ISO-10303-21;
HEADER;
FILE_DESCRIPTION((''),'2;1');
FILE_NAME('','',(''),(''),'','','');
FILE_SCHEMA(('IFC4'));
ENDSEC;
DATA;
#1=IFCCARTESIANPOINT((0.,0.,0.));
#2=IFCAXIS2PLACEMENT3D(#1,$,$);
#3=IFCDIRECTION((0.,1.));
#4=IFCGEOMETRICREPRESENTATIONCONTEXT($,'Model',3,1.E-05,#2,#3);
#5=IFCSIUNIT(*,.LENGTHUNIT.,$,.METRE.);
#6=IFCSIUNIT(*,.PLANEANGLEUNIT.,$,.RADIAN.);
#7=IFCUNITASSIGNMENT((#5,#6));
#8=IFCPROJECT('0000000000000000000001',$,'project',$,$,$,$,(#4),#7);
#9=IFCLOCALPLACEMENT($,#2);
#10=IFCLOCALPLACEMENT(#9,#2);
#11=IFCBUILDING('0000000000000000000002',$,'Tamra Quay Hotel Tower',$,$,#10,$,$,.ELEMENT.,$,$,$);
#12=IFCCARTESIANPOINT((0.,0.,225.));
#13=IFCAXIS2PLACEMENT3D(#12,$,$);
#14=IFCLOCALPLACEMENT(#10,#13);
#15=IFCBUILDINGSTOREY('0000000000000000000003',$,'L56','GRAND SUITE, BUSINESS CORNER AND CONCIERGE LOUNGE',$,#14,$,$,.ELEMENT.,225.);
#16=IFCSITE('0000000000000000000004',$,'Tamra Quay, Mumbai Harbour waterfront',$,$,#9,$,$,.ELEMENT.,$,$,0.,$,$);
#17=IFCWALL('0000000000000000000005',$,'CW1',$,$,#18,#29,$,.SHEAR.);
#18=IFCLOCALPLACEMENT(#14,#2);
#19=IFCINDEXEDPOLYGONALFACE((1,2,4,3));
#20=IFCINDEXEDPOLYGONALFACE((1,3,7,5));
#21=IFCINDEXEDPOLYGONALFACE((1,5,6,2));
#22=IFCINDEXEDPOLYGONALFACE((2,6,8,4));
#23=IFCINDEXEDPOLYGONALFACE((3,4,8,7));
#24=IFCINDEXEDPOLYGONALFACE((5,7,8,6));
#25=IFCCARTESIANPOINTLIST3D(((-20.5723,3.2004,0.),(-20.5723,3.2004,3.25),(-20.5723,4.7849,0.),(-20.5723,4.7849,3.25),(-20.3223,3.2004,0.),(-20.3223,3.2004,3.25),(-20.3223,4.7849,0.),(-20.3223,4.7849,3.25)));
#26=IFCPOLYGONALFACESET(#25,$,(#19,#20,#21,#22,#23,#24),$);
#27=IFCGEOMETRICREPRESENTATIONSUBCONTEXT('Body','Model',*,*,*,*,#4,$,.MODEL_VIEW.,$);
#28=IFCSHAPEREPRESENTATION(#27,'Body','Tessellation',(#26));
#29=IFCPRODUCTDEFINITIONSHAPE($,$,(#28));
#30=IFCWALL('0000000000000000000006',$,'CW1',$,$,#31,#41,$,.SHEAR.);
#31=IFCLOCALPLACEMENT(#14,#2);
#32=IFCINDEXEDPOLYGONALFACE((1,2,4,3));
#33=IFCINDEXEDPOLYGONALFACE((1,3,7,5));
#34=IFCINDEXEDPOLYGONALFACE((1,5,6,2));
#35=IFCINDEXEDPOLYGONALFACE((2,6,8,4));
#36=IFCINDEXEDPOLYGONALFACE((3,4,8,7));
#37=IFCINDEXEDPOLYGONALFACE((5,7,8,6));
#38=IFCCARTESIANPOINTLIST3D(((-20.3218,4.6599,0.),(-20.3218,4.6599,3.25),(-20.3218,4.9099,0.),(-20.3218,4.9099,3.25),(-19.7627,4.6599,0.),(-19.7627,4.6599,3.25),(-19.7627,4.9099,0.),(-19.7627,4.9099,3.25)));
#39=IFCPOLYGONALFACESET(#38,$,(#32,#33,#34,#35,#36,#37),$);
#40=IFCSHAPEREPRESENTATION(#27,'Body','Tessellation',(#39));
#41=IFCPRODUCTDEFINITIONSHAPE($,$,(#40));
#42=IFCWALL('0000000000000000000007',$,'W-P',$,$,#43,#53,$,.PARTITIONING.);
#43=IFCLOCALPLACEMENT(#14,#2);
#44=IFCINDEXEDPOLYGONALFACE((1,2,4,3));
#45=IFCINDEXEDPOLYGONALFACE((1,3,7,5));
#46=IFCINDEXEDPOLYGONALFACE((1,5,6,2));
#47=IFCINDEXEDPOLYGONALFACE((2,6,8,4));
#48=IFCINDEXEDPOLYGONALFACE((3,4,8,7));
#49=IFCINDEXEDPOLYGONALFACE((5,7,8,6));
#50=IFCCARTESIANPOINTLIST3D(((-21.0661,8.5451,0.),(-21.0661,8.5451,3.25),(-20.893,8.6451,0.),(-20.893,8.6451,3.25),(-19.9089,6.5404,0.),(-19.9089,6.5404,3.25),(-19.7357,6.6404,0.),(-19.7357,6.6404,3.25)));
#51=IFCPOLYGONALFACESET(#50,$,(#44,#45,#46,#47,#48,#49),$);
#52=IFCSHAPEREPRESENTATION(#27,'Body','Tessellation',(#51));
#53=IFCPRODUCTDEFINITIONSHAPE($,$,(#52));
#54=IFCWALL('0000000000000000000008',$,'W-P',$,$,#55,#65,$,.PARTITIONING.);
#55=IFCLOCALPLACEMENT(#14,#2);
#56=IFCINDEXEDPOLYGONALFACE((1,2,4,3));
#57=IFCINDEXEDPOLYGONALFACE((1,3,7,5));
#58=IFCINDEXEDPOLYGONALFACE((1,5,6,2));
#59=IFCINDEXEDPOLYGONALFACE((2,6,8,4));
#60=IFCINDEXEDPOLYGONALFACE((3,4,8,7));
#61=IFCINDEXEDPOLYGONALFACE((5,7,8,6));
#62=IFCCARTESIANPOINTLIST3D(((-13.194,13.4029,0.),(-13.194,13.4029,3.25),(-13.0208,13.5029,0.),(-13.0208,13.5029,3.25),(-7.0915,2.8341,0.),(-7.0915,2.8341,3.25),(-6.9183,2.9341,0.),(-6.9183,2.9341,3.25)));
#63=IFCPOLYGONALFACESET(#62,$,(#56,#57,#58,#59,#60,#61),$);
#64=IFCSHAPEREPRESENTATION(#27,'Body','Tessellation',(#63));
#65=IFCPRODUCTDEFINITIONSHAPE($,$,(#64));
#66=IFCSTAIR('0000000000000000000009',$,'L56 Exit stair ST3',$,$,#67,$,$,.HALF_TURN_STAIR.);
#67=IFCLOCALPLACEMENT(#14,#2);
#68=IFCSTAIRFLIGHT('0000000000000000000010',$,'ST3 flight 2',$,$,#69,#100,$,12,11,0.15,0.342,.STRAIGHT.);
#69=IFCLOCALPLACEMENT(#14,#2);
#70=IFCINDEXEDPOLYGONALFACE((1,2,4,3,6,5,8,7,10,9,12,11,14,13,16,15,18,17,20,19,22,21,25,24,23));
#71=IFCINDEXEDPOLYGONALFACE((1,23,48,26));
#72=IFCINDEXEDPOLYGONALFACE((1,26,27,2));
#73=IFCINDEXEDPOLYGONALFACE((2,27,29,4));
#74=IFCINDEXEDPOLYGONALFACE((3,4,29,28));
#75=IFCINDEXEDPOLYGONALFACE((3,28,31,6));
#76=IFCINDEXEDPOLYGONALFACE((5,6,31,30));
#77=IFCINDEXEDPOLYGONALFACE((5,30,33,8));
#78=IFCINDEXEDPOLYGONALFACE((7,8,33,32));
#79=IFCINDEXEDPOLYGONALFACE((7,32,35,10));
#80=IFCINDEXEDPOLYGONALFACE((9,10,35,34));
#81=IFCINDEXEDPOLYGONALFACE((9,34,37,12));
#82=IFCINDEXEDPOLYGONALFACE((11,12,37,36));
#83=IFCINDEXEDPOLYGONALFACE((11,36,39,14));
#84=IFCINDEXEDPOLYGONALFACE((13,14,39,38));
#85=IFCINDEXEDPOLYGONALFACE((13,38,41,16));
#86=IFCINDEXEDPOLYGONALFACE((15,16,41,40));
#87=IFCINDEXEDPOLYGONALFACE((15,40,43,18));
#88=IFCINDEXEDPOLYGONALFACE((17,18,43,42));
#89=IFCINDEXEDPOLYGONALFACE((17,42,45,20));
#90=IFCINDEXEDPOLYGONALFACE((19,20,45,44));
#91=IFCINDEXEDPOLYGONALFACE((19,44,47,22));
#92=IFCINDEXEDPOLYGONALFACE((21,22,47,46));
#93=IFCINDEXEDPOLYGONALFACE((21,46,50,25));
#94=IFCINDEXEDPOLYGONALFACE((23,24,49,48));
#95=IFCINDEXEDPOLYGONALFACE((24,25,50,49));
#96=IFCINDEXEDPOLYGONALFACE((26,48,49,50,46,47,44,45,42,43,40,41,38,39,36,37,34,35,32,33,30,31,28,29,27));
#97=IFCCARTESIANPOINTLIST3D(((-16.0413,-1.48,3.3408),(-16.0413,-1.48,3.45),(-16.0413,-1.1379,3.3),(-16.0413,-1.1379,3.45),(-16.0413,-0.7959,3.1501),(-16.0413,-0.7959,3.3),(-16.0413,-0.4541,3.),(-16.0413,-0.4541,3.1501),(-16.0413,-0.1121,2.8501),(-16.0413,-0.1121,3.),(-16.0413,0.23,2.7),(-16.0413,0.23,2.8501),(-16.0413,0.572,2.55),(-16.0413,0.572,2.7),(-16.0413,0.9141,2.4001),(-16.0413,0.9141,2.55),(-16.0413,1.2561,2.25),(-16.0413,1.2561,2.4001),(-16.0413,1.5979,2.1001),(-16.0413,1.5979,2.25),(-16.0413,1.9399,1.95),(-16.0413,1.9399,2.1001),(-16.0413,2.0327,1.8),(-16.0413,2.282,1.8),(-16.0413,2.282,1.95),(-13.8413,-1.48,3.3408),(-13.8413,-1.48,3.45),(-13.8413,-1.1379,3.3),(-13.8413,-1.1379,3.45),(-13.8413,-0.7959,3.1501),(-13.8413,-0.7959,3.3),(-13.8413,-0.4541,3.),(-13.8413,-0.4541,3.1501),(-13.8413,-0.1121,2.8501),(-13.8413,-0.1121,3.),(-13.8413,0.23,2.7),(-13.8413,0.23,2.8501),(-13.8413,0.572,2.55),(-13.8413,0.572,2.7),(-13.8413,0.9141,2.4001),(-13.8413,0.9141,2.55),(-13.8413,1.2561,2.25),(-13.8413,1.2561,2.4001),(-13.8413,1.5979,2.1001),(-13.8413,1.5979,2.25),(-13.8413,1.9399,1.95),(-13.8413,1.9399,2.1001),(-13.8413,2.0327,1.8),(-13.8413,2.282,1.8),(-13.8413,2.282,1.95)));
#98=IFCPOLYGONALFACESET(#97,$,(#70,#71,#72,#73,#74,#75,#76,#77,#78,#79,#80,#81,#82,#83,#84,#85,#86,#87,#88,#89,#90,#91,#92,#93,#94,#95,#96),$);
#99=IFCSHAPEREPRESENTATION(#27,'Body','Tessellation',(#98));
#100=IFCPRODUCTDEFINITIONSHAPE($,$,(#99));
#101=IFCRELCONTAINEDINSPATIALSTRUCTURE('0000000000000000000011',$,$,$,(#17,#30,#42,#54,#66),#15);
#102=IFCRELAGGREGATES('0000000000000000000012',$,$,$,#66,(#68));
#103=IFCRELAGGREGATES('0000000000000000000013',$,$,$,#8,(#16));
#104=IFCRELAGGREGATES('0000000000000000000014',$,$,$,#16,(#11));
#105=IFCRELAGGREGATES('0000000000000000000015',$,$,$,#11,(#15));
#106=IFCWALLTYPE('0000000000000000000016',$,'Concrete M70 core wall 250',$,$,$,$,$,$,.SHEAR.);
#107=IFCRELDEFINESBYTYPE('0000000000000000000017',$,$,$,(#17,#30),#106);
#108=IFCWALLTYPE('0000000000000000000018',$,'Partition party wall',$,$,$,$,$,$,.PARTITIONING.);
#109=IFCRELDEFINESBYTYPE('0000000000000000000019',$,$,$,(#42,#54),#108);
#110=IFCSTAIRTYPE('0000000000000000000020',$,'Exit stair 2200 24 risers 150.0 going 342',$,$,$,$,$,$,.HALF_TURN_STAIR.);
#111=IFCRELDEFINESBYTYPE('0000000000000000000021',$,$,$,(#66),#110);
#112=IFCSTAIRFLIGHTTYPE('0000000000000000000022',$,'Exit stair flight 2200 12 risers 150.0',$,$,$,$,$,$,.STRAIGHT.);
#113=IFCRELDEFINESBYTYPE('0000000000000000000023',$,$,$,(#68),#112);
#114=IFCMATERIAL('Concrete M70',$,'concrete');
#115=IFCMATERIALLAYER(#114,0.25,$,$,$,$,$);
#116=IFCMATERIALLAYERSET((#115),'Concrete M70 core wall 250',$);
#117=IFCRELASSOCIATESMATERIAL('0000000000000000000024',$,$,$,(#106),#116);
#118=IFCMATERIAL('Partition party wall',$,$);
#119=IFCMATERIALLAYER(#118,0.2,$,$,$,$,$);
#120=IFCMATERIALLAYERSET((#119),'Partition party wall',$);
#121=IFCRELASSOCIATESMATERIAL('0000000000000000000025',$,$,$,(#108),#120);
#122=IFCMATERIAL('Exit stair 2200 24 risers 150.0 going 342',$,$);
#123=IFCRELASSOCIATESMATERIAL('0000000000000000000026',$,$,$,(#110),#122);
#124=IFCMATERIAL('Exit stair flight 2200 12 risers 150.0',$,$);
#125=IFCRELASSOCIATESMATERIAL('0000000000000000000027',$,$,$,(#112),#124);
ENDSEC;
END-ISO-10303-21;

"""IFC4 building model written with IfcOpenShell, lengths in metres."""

from ifc_helpers import new_model, si_unit, direction, frame, frame_2d, origin, place, context, subcontext, project, spatial, polyline, rectangle, outline, extrude, material, layer, layer_set, type_object, element, aggregate, save


model = new_model("IFC4")

# Units and contexts
model_context = context("Model", 3, precision=1e-05, world=origin(), true_north=direction((0.0, 1.0)))
body_context = subcontext(model_context, "Body", "Model", "MODEL_VIEW")
ifc_project = project(units=[si_unit("LENGTHUNIT", "METRE"), si_unit("PLANEANGLEUNIT", "RADIAN")], contexts=[model_context])

# Site, building, storey
site_placement = place(None, origin())
site = spatial("IfcSite", under=ifc_project, at=site_placement, Name="Tamra Quay, Mumbai Harbour waterfront", CompositionType="ELEMENT", RefElevation=0.0)
building_placement = place(site_placement, origin())
building = spatial("IfcBuilding", under=site, at=building_placement, Name="Tamra Quay Hotel Tower", CompositionType="ELEMENT")
storey_placement = place(building_placement, frame((0.0, 0.0, 225.0)))
storey = spatial("IfcBuildingStorey", under=building, at=storey_placement, Name="L56", Description="GRAND SUITE, BUSINESS CORNER AND CONCIERGE LOUNGE", CompositionType="ELEMENT", Elevation=225.0)

# Shared definitions
ifc_material_1 = material(Name="Concrete M70", Category="concrete")

# Walls
ifc_layer_1 = layer(ifc_material_1, 0.25)
ifc_layer_set_1 = layer_set([ifc_layer_1], Name="Concrete M70 core wall 250")
wall_type_1 = type_object("IfcWallType", Name="Concrete M70 core wall 250", PredefinedType="SHEAR", material=ifc_layer_set_1)
wall_1_placement = place(storey_placement, frame((-20.4473, 3.2004, 0.0), z_axis=(0.0, 0.0, 1.0), x_axis=(0.0, 1.0, 0.0)))
element("IfcWall", 1, at=wall_1_placement, inside=storey, type_object=wall_type_1, Name="CW1", PredefinedType="SHEAR", context=body_context, shape_type="SweptSolid", body=[
    extrude(rectangle(XDim=1.5845, YDim=0.25, at=frame_2d((0.7922, 0.0))), origin(), (0.0, 0.0, 1.0), 3.25),
])
wall_2_placement = place(storey_placement, frame((-20.3218, 4.7849, 0.0), z_axis=(0.0, 0.0, 1.0), x_axis=(1.0, 0.0, 0.0)))
element("IfcWall", 2, at=wall_2_placement, inside=storey, type_object=wall_type_1, Name="CW1", PredefinedType="SHEAR", context=body_context, shape_type="SweptSolid", body=[
    extrude(rectangle(XDim=0.5591, YDim=0.25, at=frame_2d((0.2795, 0.0))), origin(), (0.0, 0.0, 1.0), 3.25),
])
ifc_material_2 = material(Name="Partition party wall")
ifc_layer_2 = layer(ifc_material_2, 0.2)
ifc_layer_set_2 = layer_set([ifc_layer_2], Name="Partition party wall")
wall_type_2 = type_object("IfcWallType", Name="Partition party wall", PredefinedType="PARTITIONING", material=ifc_layer_set_2)
wall_3_placement = place(storey_placement, frame((-20.9795, 8.595, 0.0), z_axis=(0.0, 0.0, 1.0), x_axis=(0.499951, -0.866054, 0.0)))
element("IfcWall", 3, at=wall_3_placement, inside=storey, type_object=wall_type_2, Name="W-P", PredefinedType="PARTITIONING", context=body_context, shape_type="SweptSolid", body=[
    extrude(rectangle(XDim=2.3147, YDim=0.2, at=frame_2d((1.1572, 0.0))), origin(), (0.0, 0.0, 1.0), 3.25),
])
wall_4_placement = place(storey_placement, frame((-13.1074, 13.4529, 0.0), z_axis=(0.0, 0.0, 1.0), x_axis=(0.500038, -0.866004, 0.0)))
element("IfcWall", 4, at=wall_4_placement, inside=storey, type_object=wall_type_2, Name="W-P", PredefinedType="PARTITIONING", context=body_context, shape_type="SweptSolid", body=[
    extrude(rectangle(XDim=12.2041, YDim=0.2, at=frame_2d((6.1021, 0.0))), origin(), (0.0, 0.0, 1.0), 3.25),
])

# Stair, stair flight
ifc_material_3 = material(Name="Exit stair 2200 24 risers 150.0 going 342")
stair_type = type_object("IfcStairType", Name="Exit stair 2200 24 risers 150.0 going 342", PredefinedType="HALF_TURN_STAIR", material=ifc_material_3)
stair_placement = place(storey_placement, origin())
stair = element("IfcStair", 5, at=stair_placement, inside=storey, type_object=stair_type, Name="L56 Exit stair ST3", PredefinedType="HALF_TURN_STAIR")
ifc_material_4 = material(Name="Exit stair flight 2200 12 risers 150.0")
stair_flight_type = type_object("IfcStairFlightType", Name="Exit stair flight 2200 12 risers 150.0", PredefinedType="STRAIGHT", material=ifc_material_4)
stair_flight_placement = place(storey_placement, frame((-14.9414, 2.282, 1.8), z_axis=(0.0, 0.0, 1.0), x_axis=(0.0, -1.0, 0.0)))
stair_flight = element("IfcStairFlight", 6, at=stair_flight_placement, type_object=stair_flight_type, Name="ST3 flight 2", NumberOfRisers=12, NumberOfTreads=11, PredefinedType="STRAIGHT", RiserHeight=0.15, TreadLength=0.342, context=body_context, shape_type="SweptSolid", body=[
    extrude(outline(polyline([(0.0, 0.0), (0.0, 0.1499), (0.342, 0.1499), (0.342, 0.3), (0.6841, 0.3), (0.6841, 0.45), (1.0259, 0.45), (1.0259, 0.6001), (1.3679, 0.6001), (1.3679, 0.75), (1.71, 0.75), (1.71, 0.8999), (2.052, 0.8999), (2.052, 1.05), (2.394, 1.05), (2.394, 1.2), (2.7361, 1.2), (2.7361, 1.3501), (3.0779, 1.3501), (3.0779, 1.5), (3.4199, 1.5), (3.4199, 1.6499), (3.762, 1.6499), (3.762, 1.8), (3.762, 1.5408), (0.2493, 0.0), (0.0, 0.0)])), frame((0.0, 1.1001, 0.0), z_axis=(0.0, -1.0, 0.0), x_axis=(1.0, 0.0, 0.0)), (0.0, 0.0, 1.0), 2.2),
])
aggregate(stair, [stair_flight])

save(model, "model.ifc")
